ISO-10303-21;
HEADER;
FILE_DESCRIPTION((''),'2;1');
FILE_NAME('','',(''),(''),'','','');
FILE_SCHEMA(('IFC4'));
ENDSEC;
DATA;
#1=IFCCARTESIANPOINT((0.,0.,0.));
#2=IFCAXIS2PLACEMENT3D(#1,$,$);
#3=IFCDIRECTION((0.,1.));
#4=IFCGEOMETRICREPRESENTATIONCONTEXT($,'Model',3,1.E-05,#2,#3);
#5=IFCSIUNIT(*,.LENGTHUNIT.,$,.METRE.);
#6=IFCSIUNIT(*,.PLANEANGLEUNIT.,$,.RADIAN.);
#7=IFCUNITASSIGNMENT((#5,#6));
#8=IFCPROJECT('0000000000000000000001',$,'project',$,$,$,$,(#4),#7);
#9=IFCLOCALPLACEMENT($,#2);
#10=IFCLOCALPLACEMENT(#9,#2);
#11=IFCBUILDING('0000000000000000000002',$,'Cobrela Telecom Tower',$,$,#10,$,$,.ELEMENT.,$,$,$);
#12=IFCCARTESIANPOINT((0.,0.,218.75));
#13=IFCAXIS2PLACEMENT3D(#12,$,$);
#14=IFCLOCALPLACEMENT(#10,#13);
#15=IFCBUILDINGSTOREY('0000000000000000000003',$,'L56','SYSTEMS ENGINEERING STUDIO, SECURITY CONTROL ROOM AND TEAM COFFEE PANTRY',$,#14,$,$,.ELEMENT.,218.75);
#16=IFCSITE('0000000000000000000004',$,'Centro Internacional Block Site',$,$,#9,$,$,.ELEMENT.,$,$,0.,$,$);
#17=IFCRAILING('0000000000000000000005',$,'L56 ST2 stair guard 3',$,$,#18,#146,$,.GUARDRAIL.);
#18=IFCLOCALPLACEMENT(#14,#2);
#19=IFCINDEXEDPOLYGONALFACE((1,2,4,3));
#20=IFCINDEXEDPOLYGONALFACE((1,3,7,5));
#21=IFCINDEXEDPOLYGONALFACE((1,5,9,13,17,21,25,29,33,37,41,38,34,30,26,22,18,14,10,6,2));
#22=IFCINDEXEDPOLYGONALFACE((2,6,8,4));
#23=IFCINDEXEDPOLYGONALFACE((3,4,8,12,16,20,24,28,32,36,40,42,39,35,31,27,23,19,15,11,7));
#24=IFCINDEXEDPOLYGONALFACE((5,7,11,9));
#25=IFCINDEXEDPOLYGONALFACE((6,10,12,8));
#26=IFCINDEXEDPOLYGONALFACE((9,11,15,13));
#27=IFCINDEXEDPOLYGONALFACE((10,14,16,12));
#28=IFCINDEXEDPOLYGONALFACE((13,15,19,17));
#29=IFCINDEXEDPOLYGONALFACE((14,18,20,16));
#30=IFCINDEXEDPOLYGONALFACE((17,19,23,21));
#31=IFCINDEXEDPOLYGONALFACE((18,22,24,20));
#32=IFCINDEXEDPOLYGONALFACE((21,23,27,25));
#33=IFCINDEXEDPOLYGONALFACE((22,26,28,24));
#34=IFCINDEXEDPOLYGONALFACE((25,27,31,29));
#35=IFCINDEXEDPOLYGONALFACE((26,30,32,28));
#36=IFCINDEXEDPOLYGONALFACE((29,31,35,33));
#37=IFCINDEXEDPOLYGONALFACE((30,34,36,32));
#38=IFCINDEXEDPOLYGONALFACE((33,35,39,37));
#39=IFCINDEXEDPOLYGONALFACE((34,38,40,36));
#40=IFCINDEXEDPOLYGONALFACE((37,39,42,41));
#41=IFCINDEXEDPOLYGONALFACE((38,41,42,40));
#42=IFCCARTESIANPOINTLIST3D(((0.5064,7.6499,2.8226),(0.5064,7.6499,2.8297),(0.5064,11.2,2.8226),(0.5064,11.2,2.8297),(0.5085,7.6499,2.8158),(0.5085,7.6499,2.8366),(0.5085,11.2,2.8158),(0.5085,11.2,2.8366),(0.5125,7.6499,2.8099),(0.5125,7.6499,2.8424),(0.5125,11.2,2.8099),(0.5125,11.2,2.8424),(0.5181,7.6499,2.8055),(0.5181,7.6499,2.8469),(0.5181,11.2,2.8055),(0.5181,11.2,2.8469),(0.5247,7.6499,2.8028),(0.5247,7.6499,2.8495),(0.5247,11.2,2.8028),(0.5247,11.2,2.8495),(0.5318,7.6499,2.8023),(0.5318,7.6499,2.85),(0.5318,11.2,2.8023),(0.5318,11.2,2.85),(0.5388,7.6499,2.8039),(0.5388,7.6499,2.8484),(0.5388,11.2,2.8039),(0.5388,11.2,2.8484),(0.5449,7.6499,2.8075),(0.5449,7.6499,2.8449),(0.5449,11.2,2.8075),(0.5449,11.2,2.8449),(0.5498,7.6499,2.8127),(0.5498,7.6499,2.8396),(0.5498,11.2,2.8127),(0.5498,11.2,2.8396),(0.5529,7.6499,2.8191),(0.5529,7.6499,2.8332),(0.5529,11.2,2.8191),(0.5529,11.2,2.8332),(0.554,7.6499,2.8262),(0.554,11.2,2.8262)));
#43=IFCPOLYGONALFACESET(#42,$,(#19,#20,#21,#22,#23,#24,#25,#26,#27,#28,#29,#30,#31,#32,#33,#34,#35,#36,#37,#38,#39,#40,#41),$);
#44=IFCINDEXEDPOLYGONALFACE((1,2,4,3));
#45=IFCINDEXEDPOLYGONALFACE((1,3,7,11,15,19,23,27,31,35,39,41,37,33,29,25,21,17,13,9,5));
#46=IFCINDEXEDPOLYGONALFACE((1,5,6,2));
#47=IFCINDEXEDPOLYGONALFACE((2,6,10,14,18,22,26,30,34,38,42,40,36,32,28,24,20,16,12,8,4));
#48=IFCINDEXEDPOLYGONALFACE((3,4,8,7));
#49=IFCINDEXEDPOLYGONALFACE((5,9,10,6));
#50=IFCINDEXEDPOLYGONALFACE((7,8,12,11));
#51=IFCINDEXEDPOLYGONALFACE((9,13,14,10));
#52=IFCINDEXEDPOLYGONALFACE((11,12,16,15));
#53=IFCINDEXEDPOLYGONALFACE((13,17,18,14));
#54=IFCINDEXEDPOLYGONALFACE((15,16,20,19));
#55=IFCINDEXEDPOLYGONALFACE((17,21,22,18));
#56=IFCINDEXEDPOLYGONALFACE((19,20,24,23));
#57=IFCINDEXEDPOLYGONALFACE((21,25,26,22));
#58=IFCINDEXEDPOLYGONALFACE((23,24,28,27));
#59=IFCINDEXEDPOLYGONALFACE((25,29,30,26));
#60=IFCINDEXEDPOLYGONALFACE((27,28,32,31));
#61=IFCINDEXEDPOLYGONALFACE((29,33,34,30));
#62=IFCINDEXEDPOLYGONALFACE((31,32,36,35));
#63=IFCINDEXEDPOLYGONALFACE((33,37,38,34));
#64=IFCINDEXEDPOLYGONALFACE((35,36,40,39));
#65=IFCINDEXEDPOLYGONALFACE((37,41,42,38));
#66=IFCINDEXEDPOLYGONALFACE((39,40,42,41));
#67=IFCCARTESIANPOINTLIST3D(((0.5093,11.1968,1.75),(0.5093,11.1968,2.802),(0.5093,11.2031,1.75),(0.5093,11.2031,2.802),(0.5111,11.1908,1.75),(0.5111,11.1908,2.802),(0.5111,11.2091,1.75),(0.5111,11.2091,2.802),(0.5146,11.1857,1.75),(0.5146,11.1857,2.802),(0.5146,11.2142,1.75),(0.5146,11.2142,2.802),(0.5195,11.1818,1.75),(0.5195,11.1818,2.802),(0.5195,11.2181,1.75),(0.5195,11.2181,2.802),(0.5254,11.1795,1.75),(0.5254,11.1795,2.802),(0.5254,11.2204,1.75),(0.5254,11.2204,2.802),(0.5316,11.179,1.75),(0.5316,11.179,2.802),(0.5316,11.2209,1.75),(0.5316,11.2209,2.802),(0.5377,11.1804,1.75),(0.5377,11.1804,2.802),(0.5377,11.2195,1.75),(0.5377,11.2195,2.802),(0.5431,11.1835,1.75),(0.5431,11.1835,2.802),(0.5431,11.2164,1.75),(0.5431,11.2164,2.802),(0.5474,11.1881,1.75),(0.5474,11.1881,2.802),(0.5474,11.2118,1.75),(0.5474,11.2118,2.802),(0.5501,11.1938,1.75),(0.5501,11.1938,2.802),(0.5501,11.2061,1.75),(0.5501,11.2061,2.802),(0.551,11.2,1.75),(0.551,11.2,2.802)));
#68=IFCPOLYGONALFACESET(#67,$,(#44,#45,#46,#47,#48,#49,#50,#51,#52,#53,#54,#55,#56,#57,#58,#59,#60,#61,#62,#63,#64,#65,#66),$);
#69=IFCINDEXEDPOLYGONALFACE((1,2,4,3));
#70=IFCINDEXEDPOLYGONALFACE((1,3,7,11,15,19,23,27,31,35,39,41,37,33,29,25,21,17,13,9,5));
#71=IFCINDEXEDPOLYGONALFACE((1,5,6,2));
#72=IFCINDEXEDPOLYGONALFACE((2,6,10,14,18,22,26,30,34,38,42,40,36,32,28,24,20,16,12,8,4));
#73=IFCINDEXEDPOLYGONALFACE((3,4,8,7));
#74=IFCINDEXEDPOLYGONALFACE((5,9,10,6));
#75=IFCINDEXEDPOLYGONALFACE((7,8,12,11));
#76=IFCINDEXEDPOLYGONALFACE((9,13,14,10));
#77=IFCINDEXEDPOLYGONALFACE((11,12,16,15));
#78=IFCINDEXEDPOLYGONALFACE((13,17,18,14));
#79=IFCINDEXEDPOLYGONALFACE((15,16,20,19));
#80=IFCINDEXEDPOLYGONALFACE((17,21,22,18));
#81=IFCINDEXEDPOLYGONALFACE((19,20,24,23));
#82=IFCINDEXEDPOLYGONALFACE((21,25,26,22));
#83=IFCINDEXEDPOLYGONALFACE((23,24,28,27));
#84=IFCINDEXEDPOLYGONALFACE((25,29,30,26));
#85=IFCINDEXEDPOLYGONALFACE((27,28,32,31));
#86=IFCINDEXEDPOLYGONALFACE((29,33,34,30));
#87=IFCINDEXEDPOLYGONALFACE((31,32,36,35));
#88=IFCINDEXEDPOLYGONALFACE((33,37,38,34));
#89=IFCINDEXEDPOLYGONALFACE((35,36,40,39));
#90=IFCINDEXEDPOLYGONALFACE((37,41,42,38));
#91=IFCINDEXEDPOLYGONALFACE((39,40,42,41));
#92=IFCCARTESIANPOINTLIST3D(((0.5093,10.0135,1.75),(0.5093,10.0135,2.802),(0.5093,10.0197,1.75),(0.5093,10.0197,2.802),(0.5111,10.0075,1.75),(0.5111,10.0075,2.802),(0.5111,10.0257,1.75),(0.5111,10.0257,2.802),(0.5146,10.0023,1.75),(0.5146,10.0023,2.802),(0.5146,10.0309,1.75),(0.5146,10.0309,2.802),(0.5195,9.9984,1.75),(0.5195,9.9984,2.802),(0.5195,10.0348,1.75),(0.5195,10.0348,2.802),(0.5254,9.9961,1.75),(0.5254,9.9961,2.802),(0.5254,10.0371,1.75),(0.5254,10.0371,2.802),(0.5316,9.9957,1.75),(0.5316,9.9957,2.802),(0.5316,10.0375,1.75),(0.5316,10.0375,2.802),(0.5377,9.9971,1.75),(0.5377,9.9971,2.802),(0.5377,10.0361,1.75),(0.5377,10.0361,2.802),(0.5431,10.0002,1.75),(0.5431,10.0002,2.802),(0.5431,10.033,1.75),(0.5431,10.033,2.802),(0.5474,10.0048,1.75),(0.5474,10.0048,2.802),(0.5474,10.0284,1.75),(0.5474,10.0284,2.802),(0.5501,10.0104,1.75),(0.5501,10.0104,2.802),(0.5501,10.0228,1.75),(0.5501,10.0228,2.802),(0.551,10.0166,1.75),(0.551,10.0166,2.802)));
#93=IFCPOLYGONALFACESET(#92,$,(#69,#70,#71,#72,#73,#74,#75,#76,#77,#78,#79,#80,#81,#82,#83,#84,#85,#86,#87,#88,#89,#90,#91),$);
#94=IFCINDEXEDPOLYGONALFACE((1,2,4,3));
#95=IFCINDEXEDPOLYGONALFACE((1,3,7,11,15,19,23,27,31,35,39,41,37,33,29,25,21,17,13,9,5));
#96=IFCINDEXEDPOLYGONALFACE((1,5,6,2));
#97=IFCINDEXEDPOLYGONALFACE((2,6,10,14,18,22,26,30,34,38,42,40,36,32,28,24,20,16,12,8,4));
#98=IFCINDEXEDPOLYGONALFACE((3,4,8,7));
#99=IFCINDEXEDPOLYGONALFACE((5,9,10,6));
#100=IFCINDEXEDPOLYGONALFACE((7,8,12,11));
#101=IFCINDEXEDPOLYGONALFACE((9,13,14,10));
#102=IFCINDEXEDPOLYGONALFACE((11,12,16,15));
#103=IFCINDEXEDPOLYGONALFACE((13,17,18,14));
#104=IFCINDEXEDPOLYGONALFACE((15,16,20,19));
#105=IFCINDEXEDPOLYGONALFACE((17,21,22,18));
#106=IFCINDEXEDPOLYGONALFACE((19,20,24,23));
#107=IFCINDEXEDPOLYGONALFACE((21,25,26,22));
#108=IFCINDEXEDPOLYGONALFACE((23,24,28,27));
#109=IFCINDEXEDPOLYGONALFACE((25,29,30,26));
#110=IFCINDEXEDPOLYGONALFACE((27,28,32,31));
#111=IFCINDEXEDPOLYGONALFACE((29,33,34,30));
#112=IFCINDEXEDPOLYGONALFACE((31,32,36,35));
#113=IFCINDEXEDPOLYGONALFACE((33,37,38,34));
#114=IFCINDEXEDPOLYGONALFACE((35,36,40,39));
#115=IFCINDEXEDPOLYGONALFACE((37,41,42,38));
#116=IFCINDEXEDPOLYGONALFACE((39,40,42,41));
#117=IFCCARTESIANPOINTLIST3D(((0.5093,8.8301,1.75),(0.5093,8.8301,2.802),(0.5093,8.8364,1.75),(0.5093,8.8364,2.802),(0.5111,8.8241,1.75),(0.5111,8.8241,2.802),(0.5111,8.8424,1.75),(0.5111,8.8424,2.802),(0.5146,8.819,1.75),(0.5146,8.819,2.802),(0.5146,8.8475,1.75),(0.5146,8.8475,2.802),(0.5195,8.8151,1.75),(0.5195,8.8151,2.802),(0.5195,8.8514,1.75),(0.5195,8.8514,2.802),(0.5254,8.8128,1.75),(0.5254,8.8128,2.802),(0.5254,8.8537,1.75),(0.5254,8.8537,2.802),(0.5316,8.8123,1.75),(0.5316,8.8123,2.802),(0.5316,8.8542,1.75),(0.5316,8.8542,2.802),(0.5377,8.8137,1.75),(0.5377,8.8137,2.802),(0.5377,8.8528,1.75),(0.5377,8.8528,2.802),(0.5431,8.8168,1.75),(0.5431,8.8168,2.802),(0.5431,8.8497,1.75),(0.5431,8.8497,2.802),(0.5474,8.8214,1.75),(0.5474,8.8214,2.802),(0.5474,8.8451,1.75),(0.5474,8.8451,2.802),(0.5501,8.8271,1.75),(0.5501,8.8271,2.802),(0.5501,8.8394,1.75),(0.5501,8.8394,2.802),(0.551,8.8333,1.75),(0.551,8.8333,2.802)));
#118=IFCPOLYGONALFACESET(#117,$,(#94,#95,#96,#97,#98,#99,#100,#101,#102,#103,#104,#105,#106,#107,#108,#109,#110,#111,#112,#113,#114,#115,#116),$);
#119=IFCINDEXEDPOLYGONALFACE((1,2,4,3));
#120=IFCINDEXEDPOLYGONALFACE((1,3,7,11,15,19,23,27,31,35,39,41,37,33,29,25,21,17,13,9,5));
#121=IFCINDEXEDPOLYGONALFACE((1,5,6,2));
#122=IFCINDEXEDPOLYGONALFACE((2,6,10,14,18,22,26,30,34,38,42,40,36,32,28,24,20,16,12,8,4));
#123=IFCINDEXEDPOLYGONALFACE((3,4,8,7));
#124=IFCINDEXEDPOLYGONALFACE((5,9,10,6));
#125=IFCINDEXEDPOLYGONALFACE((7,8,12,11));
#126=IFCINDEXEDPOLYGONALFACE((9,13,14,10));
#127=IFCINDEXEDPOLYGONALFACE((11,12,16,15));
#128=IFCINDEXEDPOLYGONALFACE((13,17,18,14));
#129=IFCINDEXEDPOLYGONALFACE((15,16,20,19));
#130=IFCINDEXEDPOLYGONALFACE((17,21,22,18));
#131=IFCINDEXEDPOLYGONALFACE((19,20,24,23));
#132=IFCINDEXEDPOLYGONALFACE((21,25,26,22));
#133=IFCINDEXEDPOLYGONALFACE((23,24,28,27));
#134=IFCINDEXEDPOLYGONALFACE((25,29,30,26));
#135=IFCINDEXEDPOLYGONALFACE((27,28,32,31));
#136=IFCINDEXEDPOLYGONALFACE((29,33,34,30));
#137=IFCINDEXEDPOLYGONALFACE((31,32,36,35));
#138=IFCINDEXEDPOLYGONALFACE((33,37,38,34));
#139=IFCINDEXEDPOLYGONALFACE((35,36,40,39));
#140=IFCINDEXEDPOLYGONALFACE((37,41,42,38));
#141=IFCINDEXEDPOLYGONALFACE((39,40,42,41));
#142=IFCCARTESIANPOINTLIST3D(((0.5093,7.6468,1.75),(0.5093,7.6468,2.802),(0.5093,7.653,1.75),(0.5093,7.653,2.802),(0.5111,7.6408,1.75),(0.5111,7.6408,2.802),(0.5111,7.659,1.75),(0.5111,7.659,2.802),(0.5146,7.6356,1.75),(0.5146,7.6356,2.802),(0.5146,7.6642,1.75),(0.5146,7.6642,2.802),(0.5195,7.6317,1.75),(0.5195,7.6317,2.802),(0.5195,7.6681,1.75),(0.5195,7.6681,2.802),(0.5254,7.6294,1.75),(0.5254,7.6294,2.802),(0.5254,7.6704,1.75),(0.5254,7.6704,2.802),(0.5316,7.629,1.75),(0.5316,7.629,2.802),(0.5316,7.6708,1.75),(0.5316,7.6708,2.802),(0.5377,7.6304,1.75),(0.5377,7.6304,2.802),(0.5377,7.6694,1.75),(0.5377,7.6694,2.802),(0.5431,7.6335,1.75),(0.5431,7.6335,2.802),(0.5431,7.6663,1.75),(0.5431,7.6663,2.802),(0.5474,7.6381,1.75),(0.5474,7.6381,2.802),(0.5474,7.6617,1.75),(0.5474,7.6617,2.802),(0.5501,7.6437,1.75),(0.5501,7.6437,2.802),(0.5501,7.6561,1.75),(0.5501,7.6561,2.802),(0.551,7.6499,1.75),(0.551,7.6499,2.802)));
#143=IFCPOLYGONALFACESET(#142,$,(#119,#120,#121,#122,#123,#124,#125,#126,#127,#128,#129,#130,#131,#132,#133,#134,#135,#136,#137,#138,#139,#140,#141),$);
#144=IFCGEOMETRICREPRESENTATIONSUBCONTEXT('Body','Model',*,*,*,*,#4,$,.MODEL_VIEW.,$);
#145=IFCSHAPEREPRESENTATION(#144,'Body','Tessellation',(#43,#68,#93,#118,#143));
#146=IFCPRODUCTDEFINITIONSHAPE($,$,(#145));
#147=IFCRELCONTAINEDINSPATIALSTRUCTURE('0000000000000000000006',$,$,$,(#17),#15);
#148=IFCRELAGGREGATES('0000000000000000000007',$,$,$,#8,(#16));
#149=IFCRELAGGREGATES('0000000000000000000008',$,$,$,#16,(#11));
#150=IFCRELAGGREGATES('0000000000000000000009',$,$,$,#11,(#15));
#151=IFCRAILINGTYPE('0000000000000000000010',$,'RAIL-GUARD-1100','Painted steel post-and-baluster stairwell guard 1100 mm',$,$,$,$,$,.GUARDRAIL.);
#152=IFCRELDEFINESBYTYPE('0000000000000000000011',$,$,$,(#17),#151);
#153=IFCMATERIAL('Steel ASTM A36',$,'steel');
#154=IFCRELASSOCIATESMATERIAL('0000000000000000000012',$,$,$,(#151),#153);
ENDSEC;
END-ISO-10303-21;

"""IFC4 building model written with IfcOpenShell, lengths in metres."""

from ifc_helpers import new_model, si_unit, direction, frame, origin, origin_2d, place, context, subcontext, project, spatial, circle, extrude, material, type_object, element, save


model = new_model("IFC4")

# Units and contexts
model_context = context("Model", 3, precision=1e-05, world=origin(), true_north=direction((0.0, 1.0)))
body_context = subcontext(model_context, "Body", "Model", "MODEL_VIEW")
ifc_project = project(units=[si_unit("LENGTHUNIT", "METRE"), si_unit("PLANEANGLEUNIT", "RADIAN")], contexts=[model_context])

# Site, building, storey
site_placement = place(None, origin())
site = spatial("IfcSite", under=ifc_project, at=site_placement, Name="Centro Internacional Block Site", CompositionType="ELEMENT", RefElevation=0.0)
building_placement = place(site_placement, origin())
building = spatial("IfcBuilding", under=site, at=building_placement, Name="Cobrela Telecom Tower", CompositionType="ELEMENT")
storey_placement = place(building_placement, frame((0.0, 0.0, 218.75)))
storey = spatial("IfcBuildingStorey", under=building, at=storey_placement, Name="L56", Description="SYSTEMS ENGINEERING STUDIO, SECURITY CONTROL ROOM AND TEAM COFFEE PANTRY", CompositionType="ELEMENT", Elevation=218.75)

# Shared definitions
ifc_material_1 = material(Name="Steel ASTM A36", Category="steel")

# Railing
railing_type = type_object("IfcRailingType", Name="RAIL-GUARD-1100", Description="Painted steel post-and-baluster stairwell guard 1100 mm", PredefinedType="GUARDRAIL", material=ifc_material_1)
railing_1_placement = place(storey_placement, frame((0.53, 11.2, 1.75)))
element("IfcRailing", 1, at=railing_1_placement, inside=storey, type_object=railing_type, Name="L56 ST2 stair guard 3", PredefinedType="GUARDRAIL", context=body_context, shape_type="SweptSolid", body=[
    extrude(circle(Radius=0.0239, at=origin_2d()), frame((0.0, 0.0, 1.0762), z_axis=(0.0, -1.0, 0.0), x_axis=(1.0, 0.0, 0.0)), (0.0, 0.0, 1.0), 3.55),
    extrude(circle(Radius=0.021, at=origin_2d()), origin(), (0.0, 0.0, 1.0), 1.052),
    extrude(circle(Radius=0.021, at=origin_2d()), frame((0.0, -1.1833, 0.0)), (0.0, 0.0, 1.0), 1.052),
    extrude(circle(Radius=0.021, at=origin_2d()), frame((0.0, -2.3667, 0.0)), (0.0, 0.0, 1.0), 1.052),
    extrude(circle(Radius=0.021, at=origin_2d()), frame((0.0, -3.55, 0.0)), (0.0, 0.0, 1.0), 1.052),
])

save(model, "model.ifc")
